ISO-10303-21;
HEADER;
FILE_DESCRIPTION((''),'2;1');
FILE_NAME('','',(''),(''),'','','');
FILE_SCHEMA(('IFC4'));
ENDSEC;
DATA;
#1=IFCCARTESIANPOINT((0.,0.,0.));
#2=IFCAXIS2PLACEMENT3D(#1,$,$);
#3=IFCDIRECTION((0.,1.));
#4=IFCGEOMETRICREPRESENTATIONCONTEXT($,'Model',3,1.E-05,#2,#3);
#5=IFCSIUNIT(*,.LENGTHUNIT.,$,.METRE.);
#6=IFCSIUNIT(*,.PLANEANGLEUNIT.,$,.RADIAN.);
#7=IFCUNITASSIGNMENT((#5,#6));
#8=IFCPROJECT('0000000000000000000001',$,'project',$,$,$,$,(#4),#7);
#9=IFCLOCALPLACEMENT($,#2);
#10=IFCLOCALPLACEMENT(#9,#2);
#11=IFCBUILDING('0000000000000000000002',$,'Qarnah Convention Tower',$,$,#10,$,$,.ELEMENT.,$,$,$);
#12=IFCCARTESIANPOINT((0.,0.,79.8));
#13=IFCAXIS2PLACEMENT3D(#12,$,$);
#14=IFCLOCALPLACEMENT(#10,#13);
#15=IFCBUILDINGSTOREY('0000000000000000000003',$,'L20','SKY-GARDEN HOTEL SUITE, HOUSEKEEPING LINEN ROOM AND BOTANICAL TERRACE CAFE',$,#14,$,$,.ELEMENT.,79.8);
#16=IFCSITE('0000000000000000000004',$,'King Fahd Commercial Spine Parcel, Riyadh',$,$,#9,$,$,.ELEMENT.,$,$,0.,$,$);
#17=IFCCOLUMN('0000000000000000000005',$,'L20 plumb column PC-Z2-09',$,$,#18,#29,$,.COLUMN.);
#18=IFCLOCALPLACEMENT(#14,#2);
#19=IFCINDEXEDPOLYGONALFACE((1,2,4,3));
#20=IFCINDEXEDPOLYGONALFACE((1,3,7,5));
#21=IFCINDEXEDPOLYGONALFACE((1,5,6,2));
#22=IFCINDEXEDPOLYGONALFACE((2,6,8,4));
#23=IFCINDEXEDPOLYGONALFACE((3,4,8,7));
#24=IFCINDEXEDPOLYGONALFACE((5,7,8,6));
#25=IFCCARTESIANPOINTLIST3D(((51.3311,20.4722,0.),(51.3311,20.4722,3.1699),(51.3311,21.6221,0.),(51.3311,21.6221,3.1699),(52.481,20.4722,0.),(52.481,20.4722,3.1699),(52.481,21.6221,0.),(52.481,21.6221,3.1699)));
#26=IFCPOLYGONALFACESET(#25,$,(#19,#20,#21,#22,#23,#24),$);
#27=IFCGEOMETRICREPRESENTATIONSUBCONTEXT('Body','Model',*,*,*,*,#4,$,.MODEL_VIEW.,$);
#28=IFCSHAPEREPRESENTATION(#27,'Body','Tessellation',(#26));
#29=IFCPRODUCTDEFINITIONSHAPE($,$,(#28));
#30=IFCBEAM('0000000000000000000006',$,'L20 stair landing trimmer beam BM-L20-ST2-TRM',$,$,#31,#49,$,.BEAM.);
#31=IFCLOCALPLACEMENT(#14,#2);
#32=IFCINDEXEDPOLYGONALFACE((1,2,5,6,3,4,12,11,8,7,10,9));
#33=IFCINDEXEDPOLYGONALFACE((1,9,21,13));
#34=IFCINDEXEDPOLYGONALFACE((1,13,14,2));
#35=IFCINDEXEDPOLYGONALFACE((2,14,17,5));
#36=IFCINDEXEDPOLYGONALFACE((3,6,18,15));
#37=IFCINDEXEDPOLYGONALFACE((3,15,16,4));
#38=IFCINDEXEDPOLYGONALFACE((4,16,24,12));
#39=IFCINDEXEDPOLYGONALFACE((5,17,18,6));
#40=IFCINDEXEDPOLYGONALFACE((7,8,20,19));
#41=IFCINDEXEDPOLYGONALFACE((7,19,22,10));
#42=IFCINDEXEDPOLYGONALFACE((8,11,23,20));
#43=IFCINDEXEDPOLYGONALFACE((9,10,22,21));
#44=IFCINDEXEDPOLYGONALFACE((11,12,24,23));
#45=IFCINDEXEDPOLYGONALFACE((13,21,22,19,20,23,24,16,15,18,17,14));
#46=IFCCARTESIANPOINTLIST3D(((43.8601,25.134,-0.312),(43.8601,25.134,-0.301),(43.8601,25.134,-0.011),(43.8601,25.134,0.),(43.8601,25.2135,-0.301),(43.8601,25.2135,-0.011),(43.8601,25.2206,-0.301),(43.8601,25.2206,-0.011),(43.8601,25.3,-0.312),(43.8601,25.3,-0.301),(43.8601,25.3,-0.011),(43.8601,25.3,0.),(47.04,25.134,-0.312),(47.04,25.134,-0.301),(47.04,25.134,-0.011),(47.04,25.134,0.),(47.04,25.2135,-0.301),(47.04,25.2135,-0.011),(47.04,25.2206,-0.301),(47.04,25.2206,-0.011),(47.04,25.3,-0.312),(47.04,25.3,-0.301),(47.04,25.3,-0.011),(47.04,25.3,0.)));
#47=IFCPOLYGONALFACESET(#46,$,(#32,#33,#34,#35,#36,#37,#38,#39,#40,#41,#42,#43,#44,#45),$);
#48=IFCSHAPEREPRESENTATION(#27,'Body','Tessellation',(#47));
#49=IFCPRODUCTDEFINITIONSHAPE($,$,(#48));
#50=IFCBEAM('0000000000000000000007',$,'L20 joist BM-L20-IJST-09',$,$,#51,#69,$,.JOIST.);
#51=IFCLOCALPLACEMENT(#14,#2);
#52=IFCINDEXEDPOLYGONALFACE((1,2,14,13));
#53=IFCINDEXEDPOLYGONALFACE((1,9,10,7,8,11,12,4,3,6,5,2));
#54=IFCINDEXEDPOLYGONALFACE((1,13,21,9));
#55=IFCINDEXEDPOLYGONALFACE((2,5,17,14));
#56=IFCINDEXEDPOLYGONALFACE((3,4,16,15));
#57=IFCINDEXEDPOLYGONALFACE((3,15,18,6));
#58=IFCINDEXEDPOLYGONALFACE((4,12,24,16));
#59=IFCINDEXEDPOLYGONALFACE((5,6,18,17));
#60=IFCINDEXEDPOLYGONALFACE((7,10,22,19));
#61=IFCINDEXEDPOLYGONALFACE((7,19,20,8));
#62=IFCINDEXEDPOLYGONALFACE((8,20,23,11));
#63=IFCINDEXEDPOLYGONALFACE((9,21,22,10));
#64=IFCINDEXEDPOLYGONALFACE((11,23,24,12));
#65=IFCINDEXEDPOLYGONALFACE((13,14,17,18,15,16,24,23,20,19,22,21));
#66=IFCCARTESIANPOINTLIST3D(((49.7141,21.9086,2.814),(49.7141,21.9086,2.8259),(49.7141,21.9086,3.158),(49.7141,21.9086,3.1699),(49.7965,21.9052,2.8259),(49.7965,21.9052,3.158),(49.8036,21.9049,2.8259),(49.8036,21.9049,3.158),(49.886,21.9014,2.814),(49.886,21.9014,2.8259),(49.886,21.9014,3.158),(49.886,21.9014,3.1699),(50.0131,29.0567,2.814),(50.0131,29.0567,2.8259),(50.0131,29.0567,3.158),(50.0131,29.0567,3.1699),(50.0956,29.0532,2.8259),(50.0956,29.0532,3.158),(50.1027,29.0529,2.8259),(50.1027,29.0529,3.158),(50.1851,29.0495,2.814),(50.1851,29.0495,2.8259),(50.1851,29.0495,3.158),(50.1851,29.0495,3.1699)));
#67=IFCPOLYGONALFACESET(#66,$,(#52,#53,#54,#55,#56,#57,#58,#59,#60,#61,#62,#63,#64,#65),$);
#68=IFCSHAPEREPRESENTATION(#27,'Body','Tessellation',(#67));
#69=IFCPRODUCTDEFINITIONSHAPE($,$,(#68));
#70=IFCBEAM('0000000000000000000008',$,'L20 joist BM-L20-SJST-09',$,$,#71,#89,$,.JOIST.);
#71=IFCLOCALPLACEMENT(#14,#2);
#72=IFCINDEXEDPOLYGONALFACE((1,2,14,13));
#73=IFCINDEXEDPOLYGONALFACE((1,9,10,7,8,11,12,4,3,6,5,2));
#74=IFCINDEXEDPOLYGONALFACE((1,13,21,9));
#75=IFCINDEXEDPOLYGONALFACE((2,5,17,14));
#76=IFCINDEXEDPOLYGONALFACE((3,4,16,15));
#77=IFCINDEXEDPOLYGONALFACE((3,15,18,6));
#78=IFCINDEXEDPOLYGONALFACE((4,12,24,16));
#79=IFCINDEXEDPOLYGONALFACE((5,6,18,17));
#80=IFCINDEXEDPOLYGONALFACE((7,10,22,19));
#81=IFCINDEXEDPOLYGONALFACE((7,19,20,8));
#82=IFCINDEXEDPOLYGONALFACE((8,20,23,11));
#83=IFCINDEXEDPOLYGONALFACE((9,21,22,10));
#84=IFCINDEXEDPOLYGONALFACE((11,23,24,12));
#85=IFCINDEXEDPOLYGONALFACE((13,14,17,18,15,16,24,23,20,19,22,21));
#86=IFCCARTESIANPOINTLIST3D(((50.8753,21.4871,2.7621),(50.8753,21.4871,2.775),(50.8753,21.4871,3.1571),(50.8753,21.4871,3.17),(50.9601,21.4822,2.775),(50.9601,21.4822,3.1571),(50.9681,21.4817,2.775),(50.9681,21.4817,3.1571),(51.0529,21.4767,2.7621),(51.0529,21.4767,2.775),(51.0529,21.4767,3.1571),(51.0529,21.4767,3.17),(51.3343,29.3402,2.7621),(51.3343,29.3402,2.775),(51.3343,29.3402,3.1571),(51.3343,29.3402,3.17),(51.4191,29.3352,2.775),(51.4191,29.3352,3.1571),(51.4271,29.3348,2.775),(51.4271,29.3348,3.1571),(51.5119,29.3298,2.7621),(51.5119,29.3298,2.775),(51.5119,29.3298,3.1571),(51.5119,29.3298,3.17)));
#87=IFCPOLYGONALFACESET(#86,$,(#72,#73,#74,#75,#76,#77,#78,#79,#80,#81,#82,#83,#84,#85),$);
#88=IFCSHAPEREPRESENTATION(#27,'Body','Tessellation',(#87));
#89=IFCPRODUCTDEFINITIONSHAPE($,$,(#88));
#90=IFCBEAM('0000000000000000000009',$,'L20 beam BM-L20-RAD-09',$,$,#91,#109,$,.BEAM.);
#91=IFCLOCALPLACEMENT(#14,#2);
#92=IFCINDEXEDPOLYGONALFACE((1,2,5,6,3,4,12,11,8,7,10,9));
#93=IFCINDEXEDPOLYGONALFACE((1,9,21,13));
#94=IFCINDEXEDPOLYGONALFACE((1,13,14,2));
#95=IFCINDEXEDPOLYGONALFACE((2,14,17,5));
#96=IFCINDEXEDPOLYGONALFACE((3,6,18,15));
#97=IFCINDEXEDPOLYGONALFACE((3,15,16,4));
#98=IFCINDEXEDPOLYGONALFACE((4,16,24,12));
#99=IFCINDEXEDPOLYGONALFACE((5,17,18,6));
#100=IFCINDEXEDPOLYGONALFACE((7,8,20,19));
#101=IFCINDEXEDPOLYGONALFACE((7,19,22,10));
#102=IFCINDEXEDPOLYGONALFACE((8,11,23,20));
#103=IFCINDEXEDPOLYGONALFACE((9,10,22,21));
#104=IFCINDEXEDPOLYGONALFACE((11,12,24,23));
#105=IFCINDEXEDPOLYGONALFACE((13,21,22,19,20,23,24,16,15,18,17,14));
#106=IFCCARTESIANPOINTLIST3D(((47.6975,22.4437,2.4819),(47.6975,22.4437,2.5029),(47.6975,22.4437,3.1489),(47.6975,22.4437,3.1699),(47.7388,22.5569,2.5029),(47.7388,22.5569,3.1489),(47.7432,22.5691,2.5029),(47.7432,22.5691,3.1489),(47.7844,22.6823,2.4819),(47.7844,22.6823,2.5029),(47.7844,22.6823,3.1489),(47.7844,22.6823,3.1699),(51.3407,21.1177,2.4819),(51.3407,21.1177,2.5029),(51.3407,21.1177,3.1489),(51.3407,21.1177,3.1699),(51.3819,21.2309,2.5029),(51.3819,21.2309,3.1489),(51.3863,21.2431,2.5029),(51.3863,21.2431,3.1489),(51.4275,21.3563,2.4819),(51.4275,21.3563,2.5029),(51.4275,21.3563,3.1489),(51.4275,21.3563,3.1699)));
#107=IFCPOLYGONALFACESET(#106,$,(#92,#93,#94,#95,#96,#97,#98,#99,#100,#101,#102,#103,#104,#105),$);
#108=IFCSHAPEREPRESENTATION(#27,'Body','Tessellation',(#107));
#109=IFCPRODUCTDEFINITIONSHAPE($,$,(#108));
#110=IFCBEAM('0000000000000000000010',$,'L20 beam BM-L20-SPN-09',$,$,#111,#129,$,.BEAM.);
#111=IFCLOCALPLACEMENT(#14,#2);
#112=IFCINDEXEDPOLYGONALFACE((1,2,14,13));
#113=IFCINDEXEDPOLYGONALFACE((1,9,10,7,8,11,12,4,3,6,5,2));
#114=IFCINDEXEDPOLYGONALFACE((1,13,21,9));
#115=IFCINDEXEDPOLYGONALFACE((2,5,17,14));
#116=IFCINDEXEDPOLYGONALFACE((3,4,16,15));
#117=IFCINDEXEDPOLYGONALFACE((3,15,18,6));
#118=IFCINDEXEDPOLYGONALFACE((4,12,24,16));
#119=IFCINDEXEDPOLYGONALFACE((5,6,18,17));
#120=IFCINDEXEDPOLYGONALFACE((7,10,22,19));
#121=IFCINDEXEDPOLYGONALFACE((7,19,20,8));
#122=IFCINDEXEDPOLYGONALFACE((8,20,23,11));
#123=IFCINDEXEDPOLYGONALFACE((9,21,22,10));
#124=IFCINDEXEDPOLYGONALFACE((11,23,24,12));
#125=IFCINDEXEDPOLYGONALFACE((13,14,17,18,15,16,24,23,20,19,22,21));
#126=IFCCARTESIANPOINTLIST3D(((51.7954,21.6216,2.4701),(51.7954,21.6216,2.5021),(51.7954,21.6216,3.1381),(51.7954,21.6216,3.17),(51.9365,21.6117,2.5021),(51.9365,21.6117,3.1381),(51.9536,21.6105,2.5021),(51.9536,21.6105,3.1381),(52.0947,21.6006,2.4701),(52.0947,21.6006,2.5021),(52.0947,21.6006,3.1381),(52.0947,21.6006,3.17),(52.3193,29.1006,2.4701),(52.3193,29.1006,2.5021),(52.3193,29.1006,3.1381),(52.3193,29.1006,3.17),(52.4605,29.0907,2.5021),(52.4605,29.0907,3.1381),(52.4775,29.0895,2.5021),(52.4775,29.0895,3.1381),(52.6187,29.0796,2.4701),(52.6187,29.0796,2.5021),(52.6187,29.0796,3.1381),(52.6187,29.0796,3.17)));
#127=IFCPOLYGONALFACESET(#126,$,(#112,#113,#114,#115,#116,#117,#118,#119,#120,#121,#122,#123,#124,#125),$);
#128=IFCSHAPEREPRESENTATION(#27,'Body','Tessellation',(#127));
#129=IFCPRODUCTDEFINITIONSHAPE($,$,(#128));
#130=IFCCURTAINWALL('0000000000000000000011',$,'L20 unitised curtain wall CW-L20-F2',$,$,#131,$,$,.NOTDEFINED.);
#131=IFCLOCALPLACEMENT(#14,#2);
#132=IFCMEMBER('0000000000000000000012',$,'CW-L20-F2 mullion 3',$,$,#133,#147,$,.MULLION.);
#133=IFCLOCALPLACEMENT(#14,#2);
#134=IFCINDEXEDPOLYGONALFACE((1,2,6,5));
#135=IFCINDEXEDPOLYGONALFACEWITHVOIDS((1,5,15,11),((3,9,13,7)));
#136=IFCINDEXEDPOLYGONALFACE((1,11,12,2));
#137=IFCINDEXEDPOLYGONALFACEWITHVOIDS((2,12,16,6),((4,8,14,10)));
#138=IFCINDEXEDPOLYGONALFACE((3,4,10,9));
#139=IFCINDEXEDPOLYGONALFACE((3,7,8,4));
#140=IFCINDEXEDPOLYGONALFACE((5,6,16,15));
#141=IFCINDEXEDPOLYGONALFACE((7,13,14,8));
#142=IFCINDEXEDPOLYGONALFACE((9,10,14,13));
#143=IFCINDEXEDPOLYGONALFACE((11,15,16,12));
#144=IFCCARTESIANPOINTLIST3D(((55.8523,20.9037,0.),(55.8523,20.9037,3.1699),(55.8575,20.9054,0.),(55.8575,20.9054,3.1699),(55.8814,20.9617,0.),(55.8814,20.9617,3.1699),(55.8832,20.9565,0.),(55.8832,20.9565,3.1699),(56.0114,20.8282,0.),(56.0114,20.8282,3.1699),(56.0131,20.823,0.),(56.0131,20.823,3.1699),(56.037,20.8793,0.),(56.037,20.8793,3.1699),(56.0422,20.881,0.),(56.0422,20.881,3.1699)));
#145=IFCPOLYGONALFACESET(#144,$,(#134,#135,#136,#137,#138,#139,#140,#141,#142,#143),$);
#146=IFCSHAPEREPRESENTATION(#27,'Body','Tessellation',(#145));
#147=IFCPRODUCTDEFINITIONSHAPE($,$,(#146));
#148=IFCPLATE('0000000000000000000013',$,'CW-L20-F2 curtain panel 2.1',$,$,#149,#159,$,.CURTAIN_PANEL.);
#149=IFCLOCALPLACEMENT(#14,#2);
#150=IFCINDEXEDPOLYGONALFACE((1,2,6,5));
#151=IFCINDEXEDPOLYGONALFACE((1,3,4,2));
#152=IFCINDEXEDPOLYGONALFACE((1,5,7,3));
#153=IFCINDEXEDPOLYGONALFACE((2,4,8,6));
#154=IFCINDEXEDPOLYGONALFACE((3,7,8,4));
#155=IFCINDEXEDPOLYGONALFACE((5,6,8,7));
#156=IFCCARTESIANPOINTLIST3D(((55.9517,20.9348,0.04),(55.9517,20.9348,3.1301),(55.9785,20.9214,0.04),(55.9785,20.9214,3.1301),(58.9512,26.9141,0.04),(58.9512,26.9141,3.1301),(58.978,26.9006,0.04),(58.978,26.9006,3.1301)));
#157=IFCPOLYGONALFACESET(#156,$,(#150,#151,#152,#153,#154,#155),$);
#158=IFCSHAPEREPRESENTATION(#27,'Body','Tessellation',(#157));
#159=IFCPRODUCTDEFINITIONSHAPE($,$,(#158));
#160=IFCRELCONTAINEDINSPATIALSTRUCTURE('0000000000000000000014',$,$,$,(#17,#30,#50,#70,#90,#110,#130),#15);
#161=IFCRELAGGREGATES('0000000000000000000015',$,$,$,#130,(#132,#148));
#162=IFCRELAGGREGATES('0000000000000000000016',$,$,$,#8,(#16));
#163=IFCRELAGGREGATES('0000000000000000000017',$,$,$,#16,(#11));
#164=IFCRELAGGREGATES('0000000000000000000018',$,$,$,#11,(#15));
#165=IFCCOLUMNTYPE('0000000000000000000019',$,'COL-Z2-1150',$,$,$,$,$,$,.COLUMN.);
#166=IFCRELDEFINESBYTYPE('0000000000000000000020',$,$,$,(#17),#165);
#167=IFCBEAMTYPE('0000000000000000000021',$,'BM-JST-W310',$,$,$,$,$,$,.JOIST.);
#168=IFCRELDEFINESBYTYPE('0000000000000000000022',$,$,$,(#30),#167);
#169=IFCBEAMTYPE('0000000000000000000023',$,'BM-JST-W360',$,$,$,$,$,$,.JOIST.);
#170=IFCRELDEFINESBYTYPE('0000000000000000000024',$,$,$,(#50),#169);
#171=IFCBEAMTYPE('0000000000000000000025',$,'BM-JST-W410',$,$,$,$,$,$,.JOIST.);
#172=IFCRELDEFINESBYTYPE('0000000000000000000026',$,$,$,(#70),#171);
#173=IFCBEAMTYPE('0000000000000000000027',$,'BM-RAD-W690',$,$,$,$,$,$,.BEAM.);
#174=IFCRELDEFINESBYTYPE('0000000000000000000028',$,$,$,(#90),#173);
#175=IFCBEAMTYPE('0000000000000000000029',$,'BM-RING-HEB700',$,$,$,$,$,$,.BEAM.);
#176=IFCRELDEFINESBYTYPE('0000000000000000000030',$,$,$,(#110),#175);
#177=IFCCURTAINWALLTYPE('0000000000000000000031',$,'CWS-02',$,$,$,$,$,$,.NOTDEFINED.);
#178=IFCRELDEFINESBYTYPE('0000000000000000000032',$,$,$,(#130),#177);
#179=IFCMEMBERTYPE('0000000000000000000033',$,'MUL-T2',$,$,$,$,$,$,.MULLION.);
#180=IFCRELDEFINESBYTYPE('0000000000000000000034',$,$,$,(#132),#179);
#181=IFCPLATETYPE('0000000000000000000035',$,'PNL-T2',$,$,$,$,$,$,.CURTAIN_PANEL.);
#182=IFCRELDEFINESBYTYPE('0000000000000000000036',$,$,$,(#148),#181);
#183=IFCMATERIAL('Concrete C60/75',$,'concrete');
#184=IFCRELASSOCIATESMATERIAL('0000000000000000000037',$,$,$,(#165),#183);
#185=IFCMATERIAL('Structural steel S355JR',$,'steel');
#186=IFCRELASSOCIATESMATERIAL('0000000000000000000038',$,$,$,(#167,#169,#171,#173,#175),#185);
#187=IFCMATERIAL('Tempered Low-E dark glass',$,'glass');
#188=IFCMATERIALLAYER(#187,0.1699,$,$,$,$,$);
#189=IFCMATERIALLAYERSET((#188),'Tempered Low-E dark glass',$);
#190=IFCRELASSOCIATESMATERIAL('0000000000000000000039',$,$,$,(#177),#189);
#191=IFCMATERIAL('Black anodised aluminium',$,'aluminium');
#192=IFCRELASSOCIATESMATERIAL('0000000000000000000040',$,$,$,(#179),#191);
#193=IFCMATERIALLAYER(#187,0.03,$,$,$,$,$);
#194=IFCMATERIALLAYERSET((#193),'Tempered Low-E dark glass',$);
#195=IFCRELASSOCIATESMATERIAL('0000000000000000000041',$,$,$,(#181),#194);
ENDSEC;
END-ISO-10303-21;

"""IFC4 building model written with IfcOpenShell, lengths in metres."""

from ifc_helpers import new_model, si_unit, direction, frame, origin, origin_2d, place, context, subcontext, project, spatial, rectangle, hollow_rectangle, i_section, extrude, material, layer, layer_set, material_profile, profile_set, type_object, element, aggregate, save


model = new_model("IFC4")

# Units and contexts
model_context = context("Model", 3, precision=1e-05, world=origin(), true_north=direction((0.0, 1.0)))
body_context = subcontext(model_context, "Body", "Model", "MODEL_VIEW")
ifc_project = project(units=[si_unit("LENGTHUNIT", "METRE"), si_unit("PLANEANGLEUNIT", "RADIAN")], contexts=[model_context])

# Site, building, storey
site_placement = place(None, origin())
site = spatial("IfcSite", under=ifc_project, at=site_placement, Name="King Fahd Commercial Spine Parcel, Riyadh", CompositionType="ELEMENT", RefElevation=0.0)
building_placement = place(site_placement, origin())
building = spatial("IfcBuilding", under=site, at=building_placement, Name="Qarnah Convention Tower", CompositionType="ELEMENT")
storey_placement = place(building_placement, frame((0.0, 0.0, 79.8)))
storey = spatial("IfcBuildingStorey", under=building, at=storey_placement, Name="L20", Description="SKY-GARDEN HOTEL SUITE, HOUSEKEEPING LINEN ROOM AND BOTANICAL TERRACE CAFE", CompositionType="ELEMENT", Elevation=79.8)

# Column
ifc_material_1 = material(Name="Concrete C60/75", Category="concrete")
ifc_material_profile_1 = material_profile(ifc_material_1, rectangle(XDim=1.1499, YDim=1.1499, at=origin_2d()), Name="RC-COL-1150X1150")
ifc_profile_set_1 = profile_set([ifc_material_profile_1], Name="Concrete C60/75")
column_type = type_object("IfcColumnType", Name="COL-Z2-1150", PredefinedType="COLUMN", material=ifc_profile_set_1)
column_placement = place(storey_placement, frame((51.906, 21.0471, 0.0), z_axis=(0.0, 0.0, 1.0), x_axis=(1.0, 0.0, 0.0)))
element("IfcColumn", 1, at=column_placement, inside=storey, type_object=column_type, Name="L20 plumb column PC-Z2-09", PredefinedType="COLUMN", context=body_context, shape_type="SweptSolid", body=[
    extrude(rectangle(XDim=1.1499, YDim=1.1499, at=origin_2d()), origin(), (0.0, 0.0, 1.0), 3.1699),
])

# Beams
ifc_material_2 = material(Name="Structural steel S355JR", Category="steel")
ifc_material_profile_2 = material_profile(ifc_material_2, i_section(OverallWidth=0.166, OverallDepth=0.312, WebThickness=0.0071, FlangeThickness=0.011, at=origin_2d()), Name="W310X45")
ifc_profile_set_2 = profile_set([ifc_material_profile_2], Name="Structural steel S355JR")
beam_type_1 = type_object("IfcBeamType", Name="BM-JST-W310", PredefinedType="JOIST", material=ifc_profile_set_2)
beam_1_placement = place(storey_placement, frame((43.8601, 25.217, -0.156), z_axis=(1.0, 0.0, 0.0), x_axis=(0.0, 1.0, 0.0)))
element("IfcBeam", 2, at=beam_1_placement, inside=storey, type_object=beam_type_1, Name="L20 stair landing trimmer beam BM-L20-ST2-TRM", PredefinedType="BEAM", context=body_context, shape_type="SweptSolid", body=[
    extrude(i_section(OverallWidth=0.166, OverallDepth=0.312, WebThickness=0.0071, FlangeThickness=0.011, at=origin_2d()), origin(), (0.0, 0.0, 1.0), 3.1799),
])
ifc_material_profile_3 = material_profile(ifc_material_2, i_section(OverallWidth=0.1721, OverallDepth=0.356, WebThickness=0.0071, FlangeThickness=0.012, at=origin_2d()), Name="W360X51")
ifc_profile_set_3 = profile_set([ifc_material_profile_3], Name="Structural steel S355JR")
beam_type_2 = type_object("IfcBeamType", Name="BM-JST-W360", PredefinedType="JOIST", material=ifc_profile_set_3)
beam_2_placement = place(storey_placement, frame((49.8, 21.905, 2.9919), z_axis=(0.041804, 0.999126, 0.0), x_axis=(-0.999126, 0.041804, 0.0)))
element("IfcBeam", 3, at=beam_2_placement, inside=storey, type_object=beam_type_2, Name="L20 joist BM-L20-IJST-09", PredefinedType="JOIST", context=body_context, shape_type="SweptSolid", body=[
    extrude(i_section(OverallWidth=0.1721, OverallDepth=0.356, WebThickness=0.0071, FlangeThickness=0.012, at=origin_2d()), origin(), (0.0, 0.0, 1.0), 7.1543),
])
ifc_material_profile_4 = material_profile(ifc_material_2, i_section(OverallWidth=0.178, OverallDepth=0.408, WebThickness=0.0081, FlangeThickness=0.0129, at=origin_2d()), Name="W410X60")
ifc_profile_set_4 = profile_set([ifc_material_profile_4], Name="Structural steel S355JR")
beam_type_3 = type_object("IfcBeamType", Name="BM-JST-W410", PredefinedType="JOIST", material=ifc_profile_set_4)
beam_3_placement = place(storey_placement, frame((50.9641, 21.4819, 2.9661), z_axis=(0.058347, 0.998296, 0.0), x_axis=(-0.998296, 0.058347, 0.0)))
element("IfcBeam", 4, at=beam_3_placement, inside=storey, type_object=beam_type_3, Name="L20 joist BM-L20-SJST-09", PredefinedType="JOIST", context=body_context, shape_type="SweptSolid", body=[
    extrude(i_section(OverallWidth=0.178, OverallDepth=0.408, WebThickness=0.0081, FlangeThickness=0.0129, at=origin_2d()), origin(), (0.0, 0.0, 1.0), 7.8665),
])
ifc_material_profile_5 = material_profile(ifc_material_2, i_section(OverallWidth=0.2539, OverallDepth=0.688, WebThickness=0.0129, FlangeThickness=0.021, at=origin_2d()), Name="W690X152")
ifc_profile_set_5 = profile_set([ifc_material_profile_5], Name="Structural steel S355JR")
beam_type_4 = type_object("IfcBeamType", Name="BM-RAD-W690", PredefinedType="BEAM", material=ifc_profile_set_5)
beam_4_placement = place(storey_placement, frame((47.741, 22.563, 2.8259), z_axis=(0.939696, -0.342011, 0.0), x_axis=(0.342011, 0.939696, 0.0)))
element("IfcBeam", 5, at=beam_4_placement, inside=storey, type_object=beam_type_4, Name="L20 beam BM-L20-RAD-09", PredefinedType="BEAM", context=body_context, shape_type="SweptSolid", body=[
    extrude(i_section(OverallWidth=0.2539, OverallDepth=0.688, WebThickness=0.0129, FlangeThickness=0.021, at=origin_2d()), origin(), (0.0, 0.0, 1.0), 3.877),
])
ifc_material_profile_6 = material_profile(ifc_material_2, i_section(OverallWidth=0.3, OverallDepth=0.7, WebThickness=0.0171, FlangeThickness=0.032, at=origin_2d()), Name="HEB700")
ifc_profile_set_6 = profile_set([ifc_material_profile_6], Name="Structural steel S355JR")
beam_type_5 = type_object("IfcBeamType", Name="BM-RING-HEB700", PredefinedType="BEAM", material=ifc_profile_set_6)
beam_5_placement = place(storey_placement, frame((51.9451, 21.6111, 2.8201), z_axis=(0.069882, 0.997555, 0.0), x_axis=(-0.997555, 0.069882, 0.0)))
element("IfcBeam", 6, at=beam_5_placement, inside=storey, type_object=beam_type_5, Name="L20 beam BM-L20-SPN-09", PredefinedType="BEAM", context=body_context, shape_type="SweptSolid", body=[
    extrude(i_section(OverallWidth=0.3, OverallDepth=0.7, WebThickness=0.0171, FlangeThickness=0.032, at=origin_2d()), origin(), (0.0, 0.0, 1.0), 7.4973),
])

# Curtain wall, member, plate
ifc_material_3 = material(Name="Tempered Low-E dark glass", Category="glass")
ifc_layer_1 = layer(ifc_material_3, 0.1699)
ifc_layer_set_1 = layer_set([ifc_layer_1], Name="Tempered Low-E dark glass")
curtain_wall_type = type_object("IfcCurtainWallType", Name="CWS-02", PredefinedType="NOTDEFINED", material=ifc_layer_set_1)
curtain_wall_placement = place(storey_placement, origin())
curtain_wall = element("IfcCurtainWall", 7, at=curtain_wall_placement, inside=storey, type_object=curtain_wall_type, Name="L20 unitised curtain wall CW-L20-F2", PredefinedType="NOTDEFINED")
ifc_material_4 = material(Name="Black anodised aluminium", Category="aluminium")
ifc_material_profile_7 = material_profile(ifc_material_4, hollow_rectangle(XDim=0.0649, YDim=0.1799, WallThickness=0.0039, at=origin_2d()), Name="MUL-65X180")
ifc_profile_set_7 = profile_set([ifc_material_profile_7], Name="Black anodised aluminium")
member_type = type_object("IfcMemberType", Name="MUL-T2", PredefinedType="MULLION", material=ifc_profile_set_7)
member_placement = place(storey_placement, frame((55.9473, 20.8923, 0.0), z_axis=(0.0, 0.0, 1.0), x_axis=(-0.448395, -0.893836, 0.0)))
member = element("IfcMember", 8, at=member_placement, type_object=member_type, Name="CW-L20-F2 mullion 3", PredefinedType="MULLION", context=body_context, shape_type="SweptSolid", body=[
    extrude(hollow_rectangle(XDim=0.0649, YDim=0.1799, WallThickness=0.0039, at=origin_2d()), origin(), (0.0, 0.0, 1.0), 3.1699),
])
ifc_layer_2 = layer(ifc_material_3, 0.03)
ifc_layer_set_2 = layer_set([ifc_layer_2], Name="Tempered Low-E dark glass")
plate_type = type_object("IfcPlateType", Name="PNL-T2", PredefinedType="CURTAIN_PANEL", material=ifc_layer_set_2)
plate_placement = place(storey_placement, frame((57.4648, 23.9177, 0.04), z_axis=(0.0, 0.0, 1.0), x_axis=(-0.448395, -0.893836, 0.0)))
plate = element("IfcPlate", 9, at=plate_placement, type_object=plate_type, Name="CW-L20-F2 curtain panel 2.1", PredefinedType="CURTAIN_PANEL", context=body_context, shape_type="SweptSolid", body=[
    extrude(rectangle(XDim=6.6895, YDim=0.03, at=origin_2d()), origin(), (0.0, 0.0, 1.0), 3.0901),
])
aggregate(curtain_wall, [member, plate])

save(model, "model.ifc")
